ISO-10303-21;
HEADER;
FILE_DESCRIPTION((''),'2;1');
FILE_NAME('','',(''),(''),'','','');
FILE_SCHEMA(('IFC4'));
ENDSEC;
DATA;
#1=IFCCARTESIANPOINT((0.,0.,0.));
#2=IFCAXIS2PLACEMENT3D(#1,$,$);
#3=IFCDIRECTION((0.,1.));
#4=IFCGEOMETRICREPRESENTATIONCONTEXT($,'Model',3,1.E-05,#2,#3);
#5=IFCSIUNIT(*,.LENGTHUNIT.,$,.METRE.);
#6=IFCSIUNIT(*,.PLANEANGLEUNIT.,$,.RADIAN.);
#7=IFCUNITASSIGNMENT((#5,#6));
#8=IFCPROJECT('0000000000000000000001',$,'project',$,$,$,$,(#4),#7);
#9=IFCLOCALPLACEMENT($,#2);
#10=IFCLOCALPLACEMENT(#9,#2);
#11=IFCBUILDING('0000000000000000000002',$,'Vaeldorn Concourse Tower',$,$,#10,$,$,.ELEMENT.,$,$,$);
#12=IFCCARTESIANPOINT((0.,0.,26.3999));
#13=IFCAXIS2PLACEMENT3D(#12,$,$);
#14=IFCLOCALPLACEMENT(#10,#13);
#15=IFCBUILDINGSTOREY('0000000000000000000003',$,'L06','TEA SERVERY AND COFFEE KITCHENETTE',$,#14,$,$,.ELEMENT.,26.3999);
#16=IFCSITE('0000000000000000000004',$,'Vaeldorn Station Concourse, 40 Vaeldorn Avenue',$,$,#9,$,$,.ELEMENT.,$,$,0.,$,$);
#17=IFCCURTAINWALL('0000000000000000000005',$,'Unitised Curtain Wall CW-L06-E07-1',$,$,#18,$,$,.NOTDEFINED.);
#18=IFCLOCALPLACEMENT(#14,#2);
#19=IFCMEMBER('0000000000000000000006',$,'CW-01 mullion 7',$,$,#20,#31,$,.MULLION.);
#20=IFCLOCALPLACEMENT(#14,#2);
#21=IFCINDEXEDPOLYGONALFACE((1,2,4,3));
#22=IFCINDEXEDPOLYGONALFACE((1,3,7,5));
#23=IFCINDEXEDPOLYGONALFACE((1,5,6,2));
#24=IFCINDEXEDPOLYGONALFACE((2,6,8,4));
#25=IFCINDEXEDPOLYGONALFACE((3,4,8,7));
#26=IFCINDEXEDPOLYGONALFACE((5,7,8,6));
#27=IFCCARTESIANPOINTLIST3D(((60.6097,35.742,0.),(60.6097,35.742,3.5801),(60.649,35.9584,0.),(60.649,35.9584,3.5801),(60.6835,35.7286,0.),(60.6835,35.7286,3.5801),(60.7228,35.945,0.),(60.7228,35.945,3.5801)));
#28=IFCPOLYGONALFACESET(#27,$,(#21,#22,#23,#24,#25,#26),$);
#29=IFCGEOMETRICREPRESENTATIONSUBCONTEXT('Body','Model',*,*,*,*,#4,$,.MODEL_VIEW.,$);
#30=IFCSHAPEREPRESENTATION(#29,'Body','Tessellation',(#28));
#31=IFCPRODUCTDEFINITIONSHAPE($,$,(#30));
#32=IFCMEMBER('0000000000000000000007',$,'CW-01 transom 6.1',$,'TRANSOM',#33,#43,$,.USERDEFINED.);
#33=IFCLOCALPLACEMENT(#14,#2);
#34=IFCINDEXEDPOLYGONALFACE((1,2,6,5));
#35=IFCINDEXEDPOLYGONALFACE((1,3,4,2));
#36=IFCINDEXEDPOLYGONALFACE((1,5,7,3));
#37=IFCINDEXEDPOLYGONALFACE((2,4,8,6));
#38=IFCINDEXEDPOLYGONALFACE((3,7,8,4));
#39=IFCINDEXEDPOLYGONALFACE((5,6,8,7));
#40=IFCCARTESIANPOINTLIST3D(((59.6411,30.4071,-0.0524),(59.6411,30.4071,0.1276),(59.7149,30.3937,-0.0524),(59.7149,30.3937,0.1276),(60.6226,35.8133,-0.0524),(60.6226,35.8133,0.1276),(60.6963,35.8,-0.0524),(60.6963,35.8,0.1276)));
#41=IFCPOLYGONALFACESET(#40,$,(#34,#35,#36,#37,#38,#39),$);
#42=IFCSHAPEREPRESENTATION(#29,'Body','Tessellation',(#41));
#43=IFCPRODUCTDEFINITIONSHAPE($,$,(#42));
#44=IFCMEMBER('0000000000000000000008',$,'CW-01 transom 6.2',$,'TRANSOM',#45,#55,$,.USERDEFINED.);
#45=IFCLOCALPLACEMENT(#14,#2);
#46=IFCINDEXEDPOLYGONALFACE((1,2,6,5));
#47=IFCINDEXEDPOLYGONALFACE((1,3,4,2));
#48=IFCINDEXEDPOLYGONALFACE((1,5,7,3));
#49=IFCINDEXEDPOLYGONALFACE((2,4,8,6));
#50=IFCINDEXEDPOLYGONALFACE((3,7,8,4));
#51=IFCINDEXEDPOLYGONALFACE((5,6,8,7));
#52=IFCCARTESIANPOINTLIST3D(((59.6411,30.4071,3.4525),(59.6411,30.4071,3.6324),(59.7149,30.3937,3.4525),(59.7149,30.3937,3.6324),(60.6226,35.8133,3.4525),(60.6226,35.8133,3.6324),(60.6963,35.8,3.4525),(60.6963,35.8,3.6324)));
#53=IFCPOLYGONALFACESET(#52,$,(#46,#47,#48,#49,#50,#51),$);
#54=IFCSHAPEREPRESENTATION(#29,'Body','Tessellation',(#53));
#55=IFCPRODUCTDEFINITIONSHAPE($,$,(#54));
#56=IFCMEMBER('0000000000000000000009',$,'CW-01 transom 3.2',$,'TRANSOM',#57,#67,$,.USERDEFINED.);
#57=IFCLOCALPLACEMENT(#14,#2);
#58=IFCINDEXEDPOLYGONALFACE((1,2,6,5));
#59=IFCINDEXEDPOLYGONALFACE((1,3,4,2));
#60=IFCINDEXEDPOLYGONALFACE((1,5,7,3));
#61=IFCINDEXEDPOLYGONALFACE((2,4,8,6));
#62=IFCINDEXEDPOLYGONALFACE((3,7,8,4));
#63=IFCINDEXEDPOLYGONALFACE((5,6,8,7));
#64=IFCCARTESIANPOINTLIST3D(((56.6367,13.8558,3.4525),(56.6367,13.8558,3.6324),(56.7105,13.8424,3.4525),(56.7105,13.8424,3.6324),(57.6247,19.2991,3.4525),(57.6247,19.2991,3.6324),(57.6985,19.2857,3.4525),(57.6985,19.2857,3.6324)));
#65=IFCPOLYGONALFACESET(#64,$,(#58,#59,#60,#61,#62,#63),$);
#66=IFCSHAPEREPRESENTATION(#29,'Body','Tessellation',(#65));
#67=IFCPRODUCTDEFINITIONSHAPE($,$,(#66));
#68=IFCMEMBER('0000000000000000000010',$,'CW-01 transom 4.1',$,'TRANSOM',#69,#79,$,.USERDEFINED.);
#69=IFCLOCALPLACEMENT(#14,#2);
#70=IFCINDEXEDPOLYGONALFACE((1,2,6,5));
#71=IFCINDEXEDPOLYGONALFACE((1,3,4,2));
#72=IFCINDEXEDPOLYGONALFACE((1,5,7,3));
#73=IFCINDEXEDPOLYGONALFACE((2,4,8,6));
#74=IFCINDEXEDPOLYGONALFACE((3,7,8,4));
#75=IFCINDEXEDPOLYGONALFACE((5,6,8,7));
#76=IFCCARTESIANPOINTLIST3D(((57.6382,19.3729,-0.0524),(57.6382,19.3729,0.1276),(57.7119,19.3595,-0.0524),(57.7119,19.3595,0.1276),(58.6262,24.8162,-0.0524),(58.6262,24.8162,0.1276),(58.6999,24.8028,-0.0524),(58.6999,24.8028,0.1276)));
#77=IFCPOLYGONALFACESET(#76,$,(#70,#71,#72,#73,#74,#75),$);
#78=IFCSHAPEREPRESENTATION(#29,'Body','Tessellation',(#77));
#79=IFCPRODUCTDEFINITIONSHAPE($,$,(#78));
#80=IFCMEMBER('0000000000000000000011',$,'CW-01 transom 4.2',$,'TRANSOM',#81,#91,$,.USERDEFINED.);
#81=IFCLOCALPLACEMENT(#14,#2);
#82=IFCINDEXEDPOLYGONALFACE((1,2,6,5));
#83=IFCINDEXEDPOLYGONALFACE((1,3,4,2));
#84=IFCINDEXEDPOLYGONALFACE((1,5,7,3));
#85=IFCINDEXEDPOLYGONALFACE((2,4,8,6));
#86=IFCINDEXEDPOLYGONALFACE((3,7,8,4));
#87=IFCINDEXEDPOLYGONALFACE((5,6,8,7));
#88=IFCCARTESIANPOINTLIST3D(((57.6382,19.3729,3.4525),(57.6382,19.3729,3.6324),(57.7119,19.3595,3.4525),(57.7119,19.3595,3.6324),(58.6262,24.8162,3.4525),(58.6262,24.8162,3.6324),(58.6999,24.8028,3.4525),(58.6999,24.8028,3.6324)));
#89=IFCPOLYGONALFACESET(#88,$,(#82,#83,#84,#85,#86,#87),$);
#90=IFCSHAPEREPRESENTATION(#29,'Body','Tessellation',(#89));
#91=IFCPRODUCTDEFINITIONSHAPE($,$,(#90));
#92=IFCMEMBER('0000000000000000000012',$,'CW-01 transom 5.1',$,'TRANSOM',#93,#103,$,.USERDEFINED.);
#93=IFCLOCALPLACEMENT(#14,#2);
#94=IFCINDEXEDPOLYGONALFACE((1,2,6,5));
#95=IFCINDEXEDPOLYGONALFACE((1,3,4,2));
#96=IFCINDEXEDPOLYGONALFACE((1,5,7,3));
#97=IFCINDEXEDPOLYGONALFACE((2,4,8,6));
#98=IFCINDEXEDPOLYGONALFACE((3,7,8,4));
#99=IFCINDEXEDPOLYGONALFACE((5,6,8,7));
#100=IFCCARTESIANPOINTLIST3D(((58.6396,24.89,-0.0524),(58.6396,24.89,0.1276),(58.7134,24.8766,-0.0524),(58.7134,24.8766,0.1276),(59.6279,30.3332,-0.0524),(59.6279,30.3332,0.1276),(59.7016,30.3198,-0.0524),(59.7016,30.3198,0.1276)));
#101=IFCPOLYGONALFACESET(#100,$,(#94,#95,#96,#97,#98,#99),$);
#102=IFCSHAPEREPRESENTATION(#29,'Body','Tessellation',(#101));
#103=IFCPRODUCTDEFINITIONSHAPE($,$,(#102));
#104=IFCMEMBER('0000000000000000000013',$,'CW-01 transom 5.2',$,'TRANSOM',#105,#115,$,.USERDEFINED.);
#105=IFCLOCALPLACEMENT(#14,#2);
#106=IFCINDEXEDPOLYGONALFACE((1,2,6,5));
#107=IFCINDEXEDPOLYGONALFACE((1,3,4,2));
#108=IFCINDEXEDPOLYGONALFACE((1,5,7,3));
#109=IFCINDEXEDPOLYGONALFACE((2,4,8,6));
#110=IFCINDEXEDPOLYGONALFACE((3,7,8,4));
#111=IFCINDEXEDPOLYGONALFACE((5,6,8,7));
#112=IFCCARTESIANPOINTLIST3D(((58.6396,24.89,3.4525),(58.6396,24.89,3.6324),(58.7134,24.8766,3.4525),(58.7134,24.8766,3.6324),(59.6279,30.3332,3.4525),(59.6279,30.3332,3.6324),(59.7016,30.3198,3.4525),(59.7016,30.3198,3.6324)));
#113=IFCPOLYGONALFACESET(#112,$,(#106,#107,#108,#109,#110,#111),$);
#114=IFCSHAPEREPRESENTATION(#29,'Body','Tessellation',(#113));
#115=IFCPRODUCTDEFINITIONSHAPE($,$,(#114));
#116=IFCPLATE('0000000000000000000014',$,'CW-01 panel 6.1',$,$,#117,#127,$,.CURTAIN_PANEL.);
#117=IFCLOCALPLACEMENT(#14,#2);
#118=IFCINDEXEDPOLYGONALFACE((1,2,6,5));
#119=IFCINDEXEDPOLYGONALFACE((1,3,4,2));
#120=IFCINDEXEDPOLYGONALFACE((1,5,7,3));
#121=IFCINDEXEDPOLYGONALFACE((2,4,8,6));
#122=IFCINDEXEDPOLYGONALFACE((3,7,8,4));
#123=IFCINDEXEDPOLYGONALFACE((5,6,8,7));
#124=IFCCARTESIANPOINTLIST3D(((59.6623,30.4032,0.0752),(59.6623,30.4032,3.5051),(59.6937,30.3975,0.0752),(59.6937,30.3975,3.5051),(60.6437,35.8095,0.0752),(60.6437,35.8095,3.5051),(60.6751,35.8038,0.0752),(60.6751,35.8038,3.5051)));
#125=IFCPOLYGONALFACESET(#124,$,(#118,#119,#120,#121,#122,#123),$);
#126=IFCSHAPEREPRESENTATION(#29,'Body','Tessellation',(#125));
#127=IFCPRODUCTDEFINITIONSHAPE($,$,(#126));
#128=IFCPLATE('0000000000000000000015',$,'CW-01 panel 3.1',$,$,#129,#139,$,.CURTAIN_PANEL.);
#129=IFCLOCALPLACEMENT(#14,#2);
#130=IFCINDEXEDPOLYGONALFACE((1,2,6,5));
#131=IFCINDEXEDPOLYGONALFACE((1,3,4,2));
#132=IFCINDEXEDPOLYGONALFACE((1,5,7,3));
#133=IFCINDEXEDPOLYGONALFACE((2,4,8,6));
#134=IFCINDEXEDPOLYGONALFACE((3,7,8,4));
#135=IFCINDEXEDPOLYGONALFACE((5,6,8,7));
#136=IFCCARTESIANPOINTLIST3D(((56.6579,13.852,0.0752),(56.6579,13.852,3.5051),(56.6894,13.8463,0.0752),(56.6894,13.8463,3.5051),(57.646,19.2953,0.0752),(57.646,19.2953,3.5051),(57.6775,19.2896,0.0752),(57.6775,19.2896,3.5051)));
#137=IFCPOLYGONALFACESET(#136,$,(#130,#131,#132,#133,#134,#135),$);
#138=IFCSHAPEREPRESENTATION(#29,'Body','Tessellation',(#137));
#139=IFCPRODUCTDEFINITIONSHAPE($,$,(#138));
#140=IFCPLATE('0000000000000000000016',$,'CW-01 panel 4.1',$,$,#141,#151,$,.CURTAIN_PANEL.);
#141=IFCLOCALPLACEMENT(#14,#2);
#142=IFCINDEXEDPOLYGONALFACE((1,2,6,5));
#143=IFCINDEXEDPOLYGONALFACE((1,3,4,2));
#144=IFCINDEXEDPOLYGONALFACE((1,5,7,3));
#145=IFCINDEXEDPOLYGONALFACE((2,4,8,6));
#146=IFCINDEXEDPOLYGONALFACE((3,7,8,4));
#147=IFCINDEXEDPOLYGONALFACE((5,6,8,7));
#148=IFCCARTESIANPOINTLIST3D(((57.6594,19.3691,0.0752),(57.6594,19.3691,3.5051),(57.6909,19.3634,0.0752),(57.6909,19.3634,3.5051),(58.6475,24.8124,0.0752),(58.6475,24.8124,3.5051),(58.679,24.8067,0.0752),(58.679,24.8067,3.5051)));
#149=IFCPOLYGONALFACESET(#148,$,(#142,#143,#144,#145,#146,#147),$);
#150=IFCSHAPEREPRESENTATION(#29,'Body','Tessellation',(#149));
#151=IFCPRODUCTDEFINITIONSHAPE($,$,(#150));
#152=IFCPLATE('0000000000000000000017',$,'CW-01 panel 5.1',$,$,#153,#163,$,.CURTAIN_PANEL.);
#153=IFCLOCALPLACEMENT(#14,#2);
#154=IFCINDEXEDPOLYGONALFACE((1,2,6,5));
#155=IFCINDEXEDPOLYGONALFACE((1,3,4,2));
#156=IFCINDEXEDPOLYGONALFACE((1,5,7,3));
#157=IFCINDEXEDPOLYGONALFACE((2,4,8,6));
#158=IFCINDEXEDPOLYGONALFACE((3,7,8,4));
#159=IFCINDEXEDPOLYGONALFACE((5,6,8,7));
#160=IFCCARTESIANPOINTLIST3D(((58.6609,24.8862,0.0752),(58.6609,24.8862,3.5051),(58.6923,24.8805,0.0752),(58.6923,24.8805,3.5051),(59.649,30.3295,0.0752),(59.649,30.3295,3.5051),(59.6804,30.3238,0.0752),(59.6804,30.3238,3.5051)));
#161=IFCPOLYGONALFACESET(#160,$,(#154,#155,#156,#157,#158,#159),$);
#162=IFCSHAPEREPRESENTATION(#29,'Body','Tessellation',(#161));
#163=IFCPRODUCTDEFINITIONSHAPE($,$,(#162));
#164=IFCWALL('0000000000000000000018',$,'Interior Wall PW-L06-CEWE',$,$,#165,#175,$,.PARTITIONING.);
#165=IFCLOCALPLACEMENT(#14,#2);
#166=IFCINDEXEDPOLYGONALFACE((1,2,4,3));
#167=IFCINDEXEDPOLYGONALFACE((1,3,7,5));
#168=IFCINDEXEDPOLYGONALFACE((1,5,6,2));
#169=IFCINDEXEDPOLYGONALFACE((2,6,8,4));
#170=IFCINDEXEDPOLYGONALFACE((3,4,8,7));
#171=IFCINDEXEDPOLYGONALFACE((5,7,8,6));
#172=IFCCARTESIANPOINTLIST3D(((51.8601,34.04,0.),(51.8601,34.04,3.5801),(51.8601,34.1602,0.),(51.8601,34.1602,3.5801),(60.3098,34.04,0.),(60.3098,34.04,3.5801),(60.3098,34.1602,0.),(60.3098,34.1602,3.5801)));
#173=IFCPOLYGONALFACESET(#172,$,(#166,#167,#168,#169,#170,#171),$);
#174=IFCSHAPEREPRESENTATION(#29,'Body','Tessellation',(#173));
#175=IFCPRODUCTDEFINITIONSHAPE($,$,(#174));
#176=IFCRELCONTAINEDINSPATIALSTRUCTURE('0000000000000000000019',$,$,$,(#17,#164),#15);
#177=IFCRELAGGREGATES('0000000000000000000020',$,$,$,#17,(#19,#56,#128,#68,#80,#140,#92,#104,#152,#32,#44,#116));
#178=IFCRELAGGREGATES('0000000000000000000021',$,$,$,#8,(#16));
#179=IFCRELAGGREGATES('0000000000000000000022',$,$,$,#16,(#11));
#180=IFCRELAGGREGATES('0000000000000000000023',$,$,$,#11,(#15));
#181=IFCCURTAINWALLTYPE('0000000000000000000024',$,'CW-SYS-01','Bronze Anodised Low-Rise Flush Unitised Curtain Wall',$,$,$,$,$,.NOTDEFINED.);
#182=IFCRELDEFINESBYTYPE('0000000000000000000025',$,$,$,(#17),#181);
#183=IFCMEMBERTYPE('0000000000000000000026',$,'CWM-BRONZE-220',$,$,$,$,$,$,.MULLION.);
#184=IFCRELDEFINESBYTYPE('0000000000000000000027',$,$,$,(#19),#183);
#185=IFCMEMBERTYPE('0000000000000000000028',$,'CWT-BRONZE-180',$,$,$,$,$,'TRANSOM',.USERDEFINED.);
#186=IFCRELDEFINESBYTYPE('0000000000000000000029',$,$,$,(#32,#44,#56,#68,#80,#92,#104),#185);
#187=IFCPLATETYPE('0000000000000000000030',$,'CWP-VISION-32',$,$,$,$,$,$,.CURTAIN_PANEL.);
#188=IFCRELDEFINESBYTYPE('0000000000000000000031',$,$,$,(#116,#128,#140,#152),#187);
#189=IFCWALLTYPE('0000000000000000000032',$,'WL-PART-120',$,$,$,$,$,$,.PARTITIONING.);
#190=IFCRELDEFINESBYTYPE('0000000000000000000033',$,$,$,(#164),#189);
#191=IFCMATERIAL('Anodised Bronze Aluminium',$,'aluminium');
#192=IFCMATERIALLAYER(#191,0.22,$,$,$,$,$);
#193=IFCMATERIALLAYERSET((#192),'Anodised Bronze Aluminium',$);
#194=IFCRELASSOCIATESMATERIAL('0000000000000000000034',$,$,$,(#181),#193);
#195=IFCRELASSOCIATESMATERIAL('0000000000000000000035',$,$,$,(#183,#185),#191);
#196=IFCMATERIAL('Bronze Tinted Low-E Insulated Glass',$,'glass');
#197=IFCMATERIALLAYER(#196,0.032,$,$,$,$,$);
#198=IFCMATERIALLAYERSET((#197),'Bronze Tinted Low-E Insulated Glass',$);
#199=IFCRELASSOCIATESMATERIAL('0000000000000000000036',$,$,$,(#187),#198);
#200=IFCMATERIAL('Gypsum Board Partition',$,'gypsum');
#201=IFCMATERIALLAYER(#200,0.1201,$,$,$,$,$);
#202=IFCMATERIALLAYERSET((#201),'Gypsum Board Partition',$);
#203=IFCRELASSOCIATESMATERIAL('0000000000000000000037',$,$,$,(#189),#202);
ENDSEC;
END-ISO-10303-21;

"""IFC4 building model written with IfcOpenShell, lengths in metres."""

from ifc_helpers import new_model, si_unit, direction, frame, frame_2d, origin, origin_2d, place, context, subcontext, project, spatial, rectangle, extrude, source, transform, mapped, material, layer, layer_set, material_profile, profile_set, type_object, element, aggregate, save


model = new_model("IFC4")

# Units and contexts
model_context = context("Model", 3, precision=1e-05, world=origin(), true_north=direction((0.0, 1.0)))
body_context = subcontext(model_context, "Body", "Model", "MODEL_VIEW")
ifc_project = project(units=[si_unit("LENGTHUNIT", "METRE"), si_unit("PLANEANGLEUNIT", "RADIAN")], contexts=[model_context])

# Site, building, storey
site_placement = place(None, origin())
site = spatial("IfcSite", under=ifc_project, at=site_placement, Name="Vaeldorn Station Concourse, 40 Vaeldorn Avenue", CompositionType="ELEMENT", RefElevation=0.0)
building_placement = place(site_placement, origin())
building = spatial("IfcBuilding", under=site, at=building_placement, Name="Vaeldorn Concourse Tower", CompositionType="ELEMENT")
storey_placement = place(building_placement, frame((0.0, 0.0, 26.3999)))
storey = spatial("IfcBuildingStorey", under=building, at=storey_placement, Name="L06", Description="TEA SERVERY AND COFFEE KITCHENETTE", CompositionType="ELEMENT", Elevation=26.3999)

# Curtain wall, members, plates
ifc_material_1 = material(Name="Anodised Bronze Aluminium", Category="aluminium")
ifc_layer_1 = layer(ifc_material_1, 0.22)
ifc_layer_set_1 = layer_set([ifc_layer_1], Name="Anodised Bronze Aluminium")
curtain_wall_type = type_object("IfcCurtainWallType", Name="CW-SYS-01", Description="Bronze Anodised Low-Rise Flush Unitised Curtain Wall", PredefinedType="NOTDEFINED", material=ifc_layer_set_1)
curtain_wall_placement = place(storey_placement, origin())
curtain_wall = element("IfcCurtainWall", 1, at=curtain_wall_placement, inside=storey, type_object=curtain_wall_type, Name="Unitised Curtain Wall CW-L06-E07-1", PredefinedType="NOTDEFINED")
ifc_material_profile_1 = material_profile(ifc_material_1, rectangle(XDim=0.075, YDim=0.22, at=origin_2d()), Name="CWM 75x220")
ifc_profile_set_1 = profile_set([ifc_material_profile_1], Name="Anodised Bronze Aluminium")
member_type_1 = type_object("IfcMemberType", Name="CWM-BRONZE-220", PredefinedType="MULLION", material=ifc_profile_set_1)
shared_shape_1 = source(origin(), body_context, "Body", "SweptSolid", [
    extrude(rectangle(XDim=0.075, YDim=0.22, at=origin_2d()), origin(), (0.0, 0.0, 1.0), 3.5801),
])
member_1_placement = place(storey_placement, frame((60.6663, 35.8435, 0.0), z_axis=(0.0, 0.0, 1.0), x_axis=(-0.98392, 0.178609, 0.0)))
member_1 = element("IfcMember", 2, at=member_1_placement, type_object=member_type_1, Name="CW-01 mullion 7", PredefinedType="MULLION", context=body_context, shape_type="MappedRepresentation", body=[
    mapped(shared_shape_1, transform((0.0, 0.0, 0.0), scale=1.0)),
])
ifc_material_profile_2 = material_profile(ifc_material_1, rectangle(XDim=0.075, YDim=0.1799, at=origin_2d()), Name="CWT 75x180")
ifc_profile_set_2 = profile_set([ifc_material_profile_2], Name="Anodised Bronze Aluminium")
member_type_2 = type_object("IfcMemberType", Name="CWT-BRONZE-180", ElementType="TRANSOM", PredefinedType="USERDEFINED", material=ifc_profile_set_2)
shared_shape_2 = source(origin(), body_context, "Body", "SweptSolid", [
    extrude(rectangle(XDim=0.075, YDim=0.1799, at=origin_2d()), origin(), (0.0, 0.0, 1.0), 5.4946),
])
member_2_placement = place(storey_placement, frame((59.678, 30.4004, 0.0376), z_axis=(0.17862, 0.983918, 0.0), x_axis=(-0.983918, 0.17862, 0.0)))
member_2 = element("IfcMember", 3, at=member_2_placement, type_object=member_type_2, Name="CW-01 transom 6.1", ObjectType="TRANSOM", PredefinedType="USERDEFINED", context=body_context, shape_type="MappedRepresentation", body=[
    mapped(shared_shape_2, transform((0.0, 0.0, 0.0), scale=1.0)),
])
member_3_placement = place(storey_placement, frame((59.678, 30.4004, 3.5425), z_axis=(0.17862, 0.983918, 0.0), x_axis=(-0.983918, 0.17862, 0.0)))
member_3 = element("IfcMember", 4, at=member_3_placement, type_object=member_type_2, Name="CW-01 transom 6.2", ObjectType="TRANSOM", PredefinedType="USERDEFINED", context=body_context, shape_type="MappedRepresentation", body=[
    mapped(shared_shape_2, transform((0.0, 0.0, 0.0), scale=1.0)),
])
shared_shape_3 = source(origin(), body_context, "Body", "SweptSolid", [
    extrude(rectangle(XDim=0.075, YDim=0.1799, at=origin_2d()), origin(), (0.0, 0.0, 1.0), 5.5322),
])
member_4_placement = place(storey_placement, frame((56.6736, 13.8491, 3.5425), z_axis=(0.178594, 0.983923, 0.0), x_axis=(-0.983923, 0.178594, 0.0)))
member_4 = element("IfcMember", 5, at=member_4_placement, type_object=member_type_2, Name="CW-01 transom 3.2", ObjectType="TRANSOM", PredefinedType="USERDEFINED", context=body_context, shape_type="MappedRepresentation", body=[
    mapped(shared_shape_3, transform((0.0, 0.0, 0.0), scale=1.0)),
])
member_5_placement = place(storey_placement, frame((57.675, 19.3662, 0.0376), z_axis=(0.178594, 0.983923, 0.0), x_axis=(-0.983923, 0.178594, 0.0)))
member_5 = element("IfcMember", 6, at=member_5_placement, type_object=member_type_2, Name="CW-01 transom 4.1", ObjectType="TRANSOM", PredefinedType="USERDEFINED", context=body_context, shape_type="MappedRepresentation", body=[
    mapped(shared_shape_3, transform((0.0, 0.0, 0.0), scale=1.0)),
])
member_6_placement = place(storey_placement, frame((57.675, 19.3662, 3.5425), z_axis=(0.178594, 0.983923, 0.0), x_axis=(-0.983923, 0.178594, 0.0)))
member_6 = element("IfcMember", 7, at=member_6_placement, type_object=member_type_2, Name="CW-01 transom 4.2", ObjectType="TRANSOM", PredefinedType="USERDEFINED", context=body_context, shape_type="MappedRepresentation", body=[
    mapped(shared_shape_3, transform((0.0, 0.0, 0.0), scale=1.0)),
])
member_7_placement = place(storey_placement, frame((58.6765, 24.8833, 0.0376), z_axis=(0.178637, 0.983915, 0.0), x_axis=(-0.983915, 0.178637, 0.0)))
member_7 = element("IfcMember", 8, at=member_7_placement, type_object=member_type_2, Name="CW-01 transom 5.1", ObjectType="TRANSOM", PredefinedType="USERDEFINED", context=body_context, shape_type="MappedRepresentation", body=[
    mapped(shared_shape_3, transform((0.0, 0.0, 0.0), scale=1.0)),
])
member_8_placement = place(storey_placement, frame((58.6765, 24.8833, 3.5425), z_axis=(0.178637, 0.983915, 0.0), x_axis=(-0.983915, 0.178637, 0.0)))
member_8 = element("IfcMember", 9, at=member_8_placement, type_object=member_type_2, Name="CW-01 transom 5.2", ObjectType="TRANSOM", PredefinedType="USERDEFINED", context=body_context, shape_type="MappedRepresentation", body=[
    mapped(shared_shape_3, transform((0.0, 0.0, 0.0), scale=1.0)),
])
ifc_material_2 = material(Name="Bronze Tinted Low-E Insulated Glass", Category="glass")
ifc_layer_2 = layer(ifc_material_2, 0.032)
ifc_layer_set_2 = layer_set([ifc_layer_2], Name="Bronze Tinted Low-E Insulated Glass")
plate_type = type_object("IfcPlateType", Name="CWP-VISION-32", PredefinedType="CURTAIN_PANEL", material=ifc_layer_set_2)
shared_shape_4 = source(origin(), body_context, "Body", "SweptSolid", [
    extrude(rectangle(XDim=5.4946, YDim=0.032, at=origin_2d()), origin(), (0.0, 0.0, 1.0), 3.4299),
])
plate_1_placement = place(storey_placement, frame((60.1687, 33.1035, 0.0752), z_axis=(0.0, 0.0, 1.0), x_axis=(0.178609, 0.98392, 0.0)))
plate_1 = element("IfcPlate", 10, at=plate_1_placement, type_object=plate_type, Name="CW-01 panel 6.1", PredefinedType="CURTAIN_PANEL", context=body_context, shape_type="MappedRepresentation", body=[
    mapped(shared_shape_4, transform((0.0, 0.0, 0.0), scale=1.0)),
])
shared_shape_5 = source(origin(), body_context, "Body", "SweptSolid", [
    extrude(rectangle(XDim=5.5322, YDim=0.032, at=origin_2d()), origin(), (0.0, 0.0, 1.0), 3.4299),
])
plate_2_placement = place(storey_placement, frame((57.1677, 16.5708, 0.0752), z_axis=(0.0, 0.0, 1.0), x_axis=(0.178609, 0.98392, 0.0)))
plate_2 = element("IfcPlate", 11, at=plate_2_placement, type_object=plate_type, Name="CW-01 panel 3.1", PredefinedType="CURTAIN_PANEL", context=body_context, shape_type="MappedRepresentation", body=[
    mapped(shared_shape_5, transform((0.0, 0.0, 0.0), scale=1.0)),
])
plate_3_placement = place(storey_placement, frame((58.1692, 22.0879, 0.0752), z_axis=(0.0, 0.0, 1.0), x_axis=(0.178609, 0.98392, 0.0)))
plate_3 = element("IfcPlate", 12, at=plate_3_placement, type_object=plate_type, Name="CW-01 panel 4.1", PredefinedType="CURTAIN_PANEL", context=body_context, shape_type="MappedRepresentation", body=[
    mapped(shared_shape_5, transform((0.0, 0.0, 0.0), scale=1.0)),
])
plate_4_placement = place(storey_placement, frame((59.1707, 27.605, 0.0752), z_axis=(0.0, 0.0, 1.0), x_axis=(0.178609, 0.98392, 0.0)))
plate_4 = element("IfcPlate", 13, at=plate_4_placement, type_object=plate_type, Name="CW-01 panel 5.1", PredefinedType="CURTAIN_PANEL", context=body_context, shape_type="MappedRepresentation", body=[
    mapped(shared_shape_5, transform((0.0, 0.0, 0.0), scale=1.0)),
])
aggregate(curtain_wall, [member_1, member_4, plate_2, member_5, member_6, plate_3, member_7, member_8, plate_4, member_2, member_3, plate_1])

# Wall
ifc_material_3 = material(Name="Gypsum Board Partition", Category="gypsum")
ifc_layer_3 = layer(ifc_material_3, 0.1201)
ifc_layer_set_3 = layer_set([ifc_layer_3], Name="Gypsum Board Partition")
wall_type = type_object("IfcWallType", Name="WL-PART-120", PredefinedType="PARTITIONING", material=ifc_layer_set_3)
wall_1_placement = place(storey_placement, frame((51.8601, 34.1001, 0.0), z_axis=(0.0, 0.0, 1.0), x_axis=(1.0, 0.0, 0.0)))
element("IfcWall", 14, at=wall_1_placement, inside=storey, type_object=wall_type, Name="Interior Wall PW-L06-CEWE", PredefinedType="PARTITIONING", context=body_context, shape_type="SweptSolid", body=[
    extrude(rectangle(XDim=8.4497, YDim=0.1201, at=frame_2d((4.2249, 0.0))), origin(), (0.0, 0.0, 1.0), 3.5801),
])

save(model, "model.ifc")
